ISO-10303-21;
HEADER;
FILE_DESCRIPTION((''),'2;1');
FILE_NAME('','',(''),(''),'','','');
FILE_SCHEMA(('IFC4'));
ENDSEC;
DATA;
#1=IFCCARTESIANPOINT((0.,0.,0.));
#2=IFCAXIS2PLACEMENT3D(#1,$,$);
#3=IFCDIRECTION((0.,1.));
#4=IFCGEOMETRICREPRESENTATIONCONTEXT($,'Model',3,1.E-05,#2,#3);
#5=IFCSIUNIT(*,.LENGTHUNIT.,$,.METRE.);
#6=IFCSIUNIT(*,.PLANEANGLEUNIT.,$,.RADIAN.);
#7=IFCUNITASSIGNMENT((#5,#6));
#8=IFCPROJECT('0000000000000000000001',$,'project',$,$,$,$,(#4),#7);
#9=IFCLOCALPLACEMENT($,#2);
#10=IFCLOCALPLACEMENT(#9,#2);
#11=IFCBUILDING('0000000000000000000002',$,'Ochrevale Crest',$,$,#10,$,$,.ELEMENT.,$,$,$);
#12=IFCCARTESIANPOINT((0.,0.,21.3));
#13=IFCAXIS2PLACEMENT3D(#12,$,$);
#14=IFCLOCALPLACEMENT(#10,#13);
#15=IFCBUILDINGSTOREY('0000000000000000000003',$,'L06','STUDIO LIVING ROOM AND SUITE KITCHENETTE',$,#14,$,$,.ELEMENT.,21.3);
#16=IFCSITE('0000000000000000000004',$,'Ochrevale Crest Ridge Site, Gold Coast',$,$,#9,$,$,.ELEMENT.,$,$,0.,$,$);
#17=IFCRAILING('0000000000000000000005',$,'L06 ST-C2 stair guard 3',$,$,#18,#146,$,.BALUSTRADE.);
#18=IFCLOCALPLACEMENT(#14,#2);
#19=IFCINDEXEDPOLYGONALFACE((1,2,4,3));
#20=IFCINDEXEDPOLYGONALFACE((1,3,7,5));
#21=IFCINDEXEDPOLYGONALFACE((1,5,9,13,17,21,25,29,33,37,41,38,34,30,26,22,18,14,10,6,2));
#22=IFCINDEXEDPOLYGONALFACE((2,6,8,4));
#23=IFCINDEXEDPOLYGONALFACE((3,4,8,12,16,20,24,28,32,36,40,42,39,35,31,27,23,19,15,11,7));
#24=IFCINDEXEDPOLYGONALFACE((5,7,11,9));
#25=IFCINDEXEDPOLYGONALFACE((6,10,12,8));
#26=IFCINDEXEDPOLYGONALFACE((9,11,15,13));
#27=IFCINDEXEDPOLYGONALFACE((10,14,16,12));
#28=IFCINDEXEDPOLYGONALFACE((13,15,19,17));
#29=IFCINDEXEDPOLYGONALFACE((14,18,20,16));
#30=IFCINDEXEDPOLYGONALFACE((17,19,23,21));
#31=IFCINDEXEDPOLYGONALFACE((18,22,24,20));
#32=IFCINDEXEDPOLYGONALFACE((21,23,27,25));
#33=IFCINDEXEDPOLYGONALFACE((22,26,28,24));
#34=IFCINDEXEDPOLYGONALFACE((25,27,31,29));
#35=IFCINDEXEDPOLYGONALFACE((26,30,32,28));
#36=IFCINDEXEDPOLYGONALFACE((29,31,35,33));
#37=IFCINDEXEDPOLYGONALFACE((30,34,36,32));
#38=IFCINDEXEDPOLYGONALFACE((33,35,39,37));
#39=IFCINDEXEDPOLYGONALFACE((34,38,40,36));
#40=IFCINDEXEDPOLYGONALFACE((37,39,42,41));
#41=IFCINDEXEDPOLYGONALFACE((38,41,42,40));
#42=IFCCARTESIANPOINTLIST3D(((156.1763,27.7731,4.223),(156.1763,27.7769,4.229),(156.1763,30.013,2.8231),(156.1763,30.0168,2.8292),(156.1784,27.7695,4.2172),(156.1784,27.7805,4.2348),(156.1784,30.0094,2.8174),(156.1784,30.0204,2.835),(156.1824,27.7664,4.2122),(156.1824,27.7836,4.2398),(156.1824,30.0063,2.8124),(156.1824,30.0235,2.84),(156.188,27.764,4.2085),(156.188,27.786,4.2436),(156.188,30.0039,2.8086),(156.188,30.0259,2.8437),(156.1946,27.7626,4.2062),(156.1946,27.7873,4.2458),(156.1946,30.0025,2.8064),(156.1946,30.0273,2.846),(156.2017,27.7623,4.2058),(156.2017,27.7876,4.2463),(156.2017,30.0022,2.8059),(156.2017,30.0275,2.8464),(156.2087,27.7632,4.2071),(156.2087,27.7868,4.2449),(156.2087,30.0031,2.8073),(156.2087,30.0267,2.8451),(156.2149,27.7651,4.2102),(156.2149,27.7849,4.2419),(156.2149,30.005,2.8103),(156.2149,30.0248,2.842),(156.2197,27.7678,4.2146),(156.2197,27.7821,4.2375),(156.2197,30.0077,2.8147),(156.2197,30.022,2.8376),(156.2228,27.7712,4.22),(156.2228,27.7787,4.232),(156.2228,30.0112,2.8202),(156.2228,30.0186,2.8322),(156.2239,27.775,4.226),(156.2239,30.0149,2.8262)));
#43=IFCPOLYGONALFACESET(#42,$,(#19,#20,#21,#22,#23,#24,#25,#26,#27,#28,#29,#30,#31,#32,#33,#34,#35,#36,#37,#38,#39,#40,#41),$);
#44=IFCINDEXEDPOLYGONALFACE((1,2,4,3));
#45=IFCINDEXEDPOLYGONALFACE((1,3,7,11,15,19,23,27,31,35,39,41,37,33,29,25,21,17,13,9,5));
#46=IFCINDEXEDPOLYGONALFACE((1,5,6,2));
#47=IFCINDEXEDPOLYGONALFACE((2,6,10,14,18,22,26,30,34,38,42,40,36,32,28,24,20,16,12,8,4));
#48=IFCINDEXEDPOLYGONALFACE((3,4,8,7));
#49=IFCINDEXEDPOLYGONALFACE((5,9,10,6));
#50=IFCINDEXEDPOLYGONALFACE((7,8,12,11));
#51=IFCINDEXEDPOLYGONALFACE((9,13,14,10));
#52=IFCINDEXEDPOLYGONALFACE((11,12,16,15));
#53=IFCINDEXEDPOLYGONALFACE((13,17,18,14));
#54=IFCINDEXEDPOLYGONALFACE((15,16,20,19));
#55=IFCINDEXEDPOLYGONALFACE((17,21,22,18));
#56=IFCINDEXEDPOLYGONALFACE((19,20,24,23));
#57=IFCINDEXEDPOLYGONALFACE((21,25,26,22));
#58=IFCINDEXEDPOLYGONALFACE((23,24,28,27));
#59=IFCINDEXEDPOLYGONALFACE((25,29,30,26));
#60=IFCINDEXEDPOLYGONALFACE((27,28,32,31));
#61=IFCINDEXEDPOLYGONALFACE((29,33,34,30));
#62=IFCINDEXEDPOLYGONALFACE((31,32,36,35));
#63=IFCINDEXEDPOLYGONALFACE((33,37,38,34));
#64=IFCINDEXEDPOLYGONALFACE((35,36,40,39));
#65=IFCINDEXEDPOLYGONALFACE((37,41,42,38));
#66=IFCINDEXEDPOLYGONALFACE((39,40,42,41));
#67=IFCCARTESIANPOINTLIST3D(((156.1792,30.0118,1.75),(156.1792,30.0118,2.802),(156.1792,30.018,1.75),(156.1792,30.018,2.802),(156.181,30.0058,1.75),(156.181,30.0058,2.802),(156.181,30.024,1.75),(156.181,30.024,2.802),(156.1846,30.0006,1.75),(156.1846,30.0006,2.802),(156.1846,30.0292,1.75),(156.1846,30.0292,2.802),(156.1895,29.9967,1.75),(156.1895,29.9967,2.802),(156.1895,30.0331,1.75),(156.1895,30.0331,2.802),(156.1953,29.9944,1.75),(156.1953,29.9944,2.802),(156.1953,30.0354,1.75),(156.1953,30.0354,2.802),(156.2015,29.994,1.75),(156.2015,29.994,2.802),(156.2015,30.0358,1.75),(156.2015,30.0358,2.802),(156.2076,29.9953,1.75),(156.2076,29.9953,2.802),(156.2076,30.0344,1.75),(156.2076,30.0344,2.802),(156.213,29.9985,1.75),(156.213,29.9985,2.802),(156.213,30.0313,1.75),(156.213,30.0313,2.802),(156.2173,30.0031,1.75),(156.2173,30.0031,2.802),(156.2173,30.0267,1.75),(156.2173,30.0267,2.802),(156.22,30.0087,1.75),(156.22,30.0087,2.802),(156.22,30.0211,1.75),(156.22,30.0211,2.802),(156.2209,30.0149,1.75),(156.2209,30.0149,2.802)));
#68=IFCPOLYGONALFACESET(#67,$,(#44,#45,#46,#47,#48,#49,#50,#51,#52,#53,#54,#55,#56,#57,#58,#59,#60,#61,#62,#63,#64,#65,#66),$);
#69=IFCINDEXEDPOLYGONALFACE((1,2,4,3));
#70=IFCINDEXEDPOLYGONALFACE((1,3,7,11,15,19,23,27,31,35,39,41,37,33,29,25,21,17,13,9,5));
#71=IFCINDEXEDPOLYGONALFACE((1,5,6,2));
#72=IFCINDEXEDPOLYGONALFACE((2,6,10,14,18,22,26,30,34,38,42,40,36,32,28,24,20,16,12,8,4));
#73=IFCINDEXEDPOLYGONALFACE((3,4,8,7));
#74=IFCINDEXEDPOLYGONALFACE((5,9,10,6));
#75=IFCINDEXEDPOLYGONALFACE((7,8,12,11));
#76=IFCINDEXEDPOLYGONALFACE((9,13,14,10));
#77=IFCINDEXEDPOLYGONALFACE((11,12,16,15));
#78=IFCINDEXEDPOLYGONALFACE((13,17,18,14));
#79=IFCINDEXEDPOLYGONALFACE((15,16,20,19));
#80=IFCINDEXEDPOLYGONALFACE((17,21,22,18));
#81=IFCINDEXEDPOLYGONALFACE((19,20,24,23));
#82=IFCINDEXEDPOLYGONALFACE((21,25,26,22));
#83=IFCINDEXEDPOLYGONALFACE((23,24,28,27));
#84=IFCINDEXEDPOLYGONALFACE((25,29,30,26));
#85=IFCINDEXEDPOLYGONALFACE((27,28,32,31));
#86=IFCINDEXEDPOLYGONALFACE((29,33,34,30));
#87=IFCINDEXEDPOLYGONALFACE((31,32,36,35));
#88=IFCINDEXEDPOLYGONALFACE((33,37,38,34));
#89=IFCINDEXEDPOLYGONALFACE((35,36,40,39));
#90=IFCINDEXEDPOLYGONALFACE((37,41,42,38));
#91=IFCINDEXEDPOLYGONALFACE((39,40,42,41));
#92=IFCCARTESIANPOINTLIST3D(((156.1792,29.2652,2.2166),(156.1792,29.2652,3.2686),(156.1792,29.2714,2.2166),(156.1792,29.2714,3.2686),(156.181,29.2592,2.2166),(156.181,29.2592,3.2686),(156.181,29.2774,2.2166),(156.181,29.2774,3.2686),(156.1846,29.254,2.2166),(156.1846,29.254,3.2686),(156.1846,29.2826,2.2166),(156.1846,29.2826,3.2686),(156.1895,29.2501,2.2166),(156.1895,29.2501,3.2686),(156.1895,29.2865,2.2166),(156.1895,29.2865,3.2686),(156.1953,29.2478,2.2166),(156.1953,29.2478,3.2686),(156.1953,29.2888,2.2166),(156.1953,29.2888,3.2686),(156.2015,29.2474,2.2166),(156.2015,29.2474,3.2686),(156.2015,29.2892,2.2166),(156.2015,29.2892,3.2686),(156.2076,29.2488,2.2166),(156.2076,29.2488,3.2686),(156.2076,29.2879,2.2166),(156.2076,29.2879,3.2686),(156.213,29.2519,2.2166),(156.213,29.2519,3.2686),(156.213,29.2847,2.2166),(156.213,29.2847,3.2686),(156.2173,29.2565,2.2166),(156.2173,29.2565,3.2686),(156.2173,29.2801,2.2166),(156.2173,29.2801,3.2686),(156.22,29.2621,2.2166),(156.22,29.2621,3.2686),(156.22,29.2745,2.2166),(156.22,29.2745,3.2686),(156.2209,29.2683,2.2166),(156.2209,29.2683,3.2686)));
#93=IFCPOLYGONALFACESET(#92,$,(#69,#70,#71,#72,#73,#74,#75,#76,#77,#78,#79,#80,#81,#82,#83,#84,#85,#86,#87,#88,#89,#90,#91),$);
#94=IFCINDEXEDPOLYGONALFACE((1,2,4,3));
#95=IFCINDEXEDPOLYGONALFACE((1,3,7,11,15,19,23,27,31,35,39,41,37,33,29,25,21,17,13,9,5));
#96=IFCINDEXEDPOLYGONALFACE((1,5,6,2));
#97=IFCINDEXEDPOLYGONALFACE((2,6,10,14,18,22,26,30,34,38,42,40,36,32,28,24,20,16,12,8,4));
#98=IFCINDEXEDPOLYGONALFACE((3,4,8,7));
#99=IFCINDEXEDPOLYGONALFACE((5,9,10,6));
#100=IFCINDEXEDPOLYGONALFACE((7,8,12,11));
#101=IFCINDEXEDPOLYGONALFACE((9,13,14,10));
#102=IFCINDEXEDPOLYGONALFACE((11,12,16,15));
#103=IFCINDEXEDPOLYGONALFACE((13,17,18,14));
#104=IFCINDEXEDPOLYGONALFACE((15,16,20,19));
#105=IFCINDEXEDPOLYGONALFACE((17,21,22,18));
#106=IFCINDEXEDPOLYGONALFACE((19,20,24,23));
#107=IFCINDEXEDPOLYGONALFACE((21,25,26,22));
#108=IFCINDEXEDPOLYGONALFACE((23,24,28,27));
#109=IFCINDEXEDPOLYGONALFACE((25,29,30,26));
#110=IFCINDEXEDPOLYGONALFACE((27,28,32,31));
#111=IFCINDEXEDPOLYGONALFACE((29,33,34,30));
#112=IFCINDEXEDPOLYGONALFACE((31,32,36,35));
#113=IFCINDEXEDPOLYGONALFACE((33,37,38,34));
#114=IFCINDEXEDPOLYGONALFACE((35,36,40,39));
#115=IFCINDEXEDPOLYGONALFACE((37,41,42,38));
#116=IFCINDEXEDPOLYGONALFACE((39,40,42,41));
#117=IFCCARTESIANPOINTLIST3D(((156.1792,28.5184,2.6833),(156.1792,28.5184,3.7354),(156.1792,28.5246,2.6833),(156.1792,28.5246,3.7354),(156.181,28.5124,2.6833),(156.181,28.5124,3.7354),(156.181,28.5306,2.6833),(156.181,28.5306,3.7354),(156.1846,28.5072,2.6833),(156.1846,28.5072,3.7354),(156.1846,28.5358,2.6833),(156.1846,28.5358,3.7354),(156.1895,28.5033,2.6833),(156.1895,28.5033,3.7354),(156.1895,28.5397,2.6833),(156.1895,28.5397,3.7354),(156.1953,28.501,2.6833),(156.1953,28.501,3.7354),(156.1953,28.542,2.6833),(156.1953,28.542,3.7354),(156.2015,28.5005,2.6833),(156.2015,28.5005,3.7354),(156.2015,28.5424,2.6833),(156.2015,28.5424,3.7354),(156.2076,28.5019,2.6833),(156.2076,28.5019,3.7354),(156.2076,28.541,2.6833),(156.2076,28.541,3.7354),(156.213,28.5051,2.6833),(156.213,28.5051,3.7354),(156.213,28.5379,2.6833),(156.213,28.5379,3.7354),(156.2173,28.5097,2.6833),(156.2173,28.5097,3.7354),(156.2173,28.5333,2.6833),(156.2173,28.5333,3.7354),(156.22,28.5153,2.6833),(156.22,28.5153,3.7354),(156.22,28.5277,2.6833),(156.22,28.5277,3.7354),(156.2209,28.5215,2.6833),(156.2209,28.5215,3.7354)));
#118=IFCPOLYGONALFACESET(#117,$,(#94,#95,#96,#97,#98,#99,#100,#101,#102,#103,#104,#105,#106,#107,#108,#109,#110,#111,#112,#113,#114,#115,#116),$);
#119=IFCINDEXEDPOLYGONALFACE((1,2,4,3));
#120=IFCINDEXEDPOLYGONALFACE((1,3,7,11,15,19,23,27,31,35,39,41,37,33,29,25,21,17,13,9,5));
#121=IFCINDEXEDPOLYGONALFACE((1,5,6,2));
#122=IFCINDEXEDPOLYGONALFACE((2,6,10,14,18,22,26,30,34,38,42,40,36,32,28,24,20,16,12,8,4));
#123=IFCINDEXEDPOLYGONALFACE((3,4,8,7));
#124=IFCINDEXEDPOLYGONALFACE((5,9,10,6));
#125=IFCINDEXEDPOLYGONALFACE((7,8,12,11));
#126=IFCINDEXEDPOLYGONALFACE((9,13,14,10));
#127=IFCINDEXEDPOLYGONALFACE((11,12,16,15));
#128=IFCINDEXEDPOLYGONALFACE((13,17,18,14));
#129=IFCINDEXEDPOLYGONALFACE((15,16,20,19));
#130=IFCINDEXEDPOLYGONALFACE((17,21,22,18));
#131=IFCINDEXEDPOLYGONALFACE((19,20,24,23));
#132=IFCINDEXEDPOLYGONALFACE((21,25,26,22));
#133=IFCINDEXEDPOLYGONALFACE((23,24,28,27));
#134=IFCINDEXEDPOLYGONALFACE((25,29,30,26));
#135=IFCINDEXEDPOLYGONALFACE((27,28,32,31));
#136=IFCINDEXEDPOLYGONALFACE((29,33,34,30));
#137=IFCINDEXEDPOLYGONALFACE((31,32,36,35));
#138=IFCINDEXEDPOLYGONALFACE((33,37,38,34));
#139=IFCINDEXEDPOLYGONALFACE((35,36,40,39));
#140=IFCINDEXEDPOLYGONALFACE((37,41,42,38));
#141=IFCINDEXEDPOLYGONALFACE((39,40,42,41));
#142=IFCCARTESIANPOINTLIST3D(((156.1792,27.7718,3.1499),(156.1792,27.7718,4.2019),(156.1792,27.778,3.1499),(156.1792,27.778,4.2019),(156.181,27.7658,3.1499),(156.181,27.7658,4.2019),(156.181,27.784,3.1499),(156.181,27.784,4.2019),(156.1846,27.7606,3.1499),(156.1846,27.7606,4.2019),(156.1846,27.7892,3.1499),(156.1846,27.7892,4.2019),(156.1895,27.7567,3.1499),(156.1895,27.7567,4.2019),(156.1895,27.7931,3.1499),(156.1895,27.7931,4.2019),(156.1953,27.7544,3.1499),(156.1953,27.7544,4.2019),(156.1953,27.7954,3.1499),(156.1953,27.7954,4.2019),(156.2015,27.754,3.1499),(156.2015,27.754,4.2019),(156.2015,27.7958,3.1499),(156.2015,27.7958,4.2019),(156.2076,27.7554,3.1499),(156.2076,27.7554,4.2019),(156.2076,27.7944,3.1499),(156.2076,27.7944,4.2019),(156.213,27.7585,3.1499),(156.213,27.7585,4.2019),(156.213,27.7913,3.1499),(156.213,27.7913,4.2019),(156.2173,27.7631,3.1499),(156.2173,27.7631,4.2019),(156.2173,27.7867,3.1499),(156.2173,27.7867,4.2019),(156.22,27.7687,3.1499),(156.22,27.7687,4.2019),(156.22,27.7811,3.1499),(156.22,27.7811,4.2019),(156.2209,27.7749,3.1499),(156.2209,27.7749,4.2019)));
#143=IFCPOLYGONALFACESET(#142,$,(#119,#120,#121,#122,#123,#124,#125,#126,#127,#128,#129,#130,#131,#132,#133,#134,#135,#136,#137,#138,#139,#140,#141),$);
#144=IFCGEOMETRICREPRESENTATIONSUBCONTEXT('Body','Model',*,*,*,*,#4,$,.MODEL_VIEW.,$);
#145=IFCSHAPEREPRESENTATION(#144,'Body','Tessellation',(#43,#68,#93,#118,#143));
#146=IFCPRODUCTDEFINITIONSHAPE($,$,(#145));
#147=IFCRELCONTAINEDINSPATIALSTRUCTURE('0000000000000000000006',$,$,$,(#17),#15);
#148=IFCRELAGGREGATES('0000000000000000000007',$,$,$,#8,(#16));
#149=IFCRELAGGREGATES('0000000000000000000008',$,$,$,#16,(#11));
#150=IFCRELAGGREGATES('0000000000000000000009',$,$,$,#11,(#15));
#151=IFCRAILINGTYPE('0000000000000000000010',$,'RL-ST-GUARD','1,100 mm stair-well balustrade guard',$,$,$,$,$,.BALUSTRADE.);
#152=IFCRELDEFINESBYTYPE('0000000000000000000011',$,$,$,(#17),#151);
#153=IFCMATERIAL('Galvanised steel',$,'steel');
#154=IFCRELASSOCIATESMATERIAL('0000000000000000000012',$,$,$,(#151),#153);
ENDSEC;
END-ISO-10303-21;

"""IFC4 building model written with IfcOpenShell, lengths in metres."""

from ifc_helpers import new_model, si_unit, direction, frame, origin, origin_2d, place, context, subcontext, project, spatial, circle, extrude, material, type_object, element, save


model = new_model("IFC4")

# Units and contexts
model_context = context("Model", 3, precision=1e-05, world=origin(), true_north=direction((0.0, 1.0)))
body_context = subcontext(model_context, "Body", "Model", "MODEL_VIEW")
ifc_project = project(units=[si_unit("LENGTHUNIT", "METRE"), si_unit("PLANEANGLEUNIT", "RADIAN")], contexts=[model_context])

# Site, building, storey
site_placement = place(None, origin())
site = spatial("IfcSite", under=ifc_project, at=site_placement, Name="Ochrevale Crest Ridge Site, Gold Coast", CompositionType="ELEMENT", RefElevation=0.0)
building_placement = place(site_placement, origin())
building = spatial("IfcBuilding", under=site, at=building_placement, Name="Ochrevale Crest", CompositionType="ELEMENT")
storey_placement = place(building_placement, frame((0.0, 0.0, 21.3)))
storey = spatial("IfcBuildingStorey", under=building, at=storey_placement, Name="L06", Description="STUDIO LIVING ROOM AND SUITE KITCHENETTE", CompositionType="ELEMENT", Elevation=21.3)

# Railing
ifc_material_1 = material(Name="Galvanised steel", Category="steel")
railing_type_1 = type_object("IfcRailingType", Name="RL-ST-GUARD", Description="1,100 mm stair-well balustrade guard", PredefinedType="BALUSTRADE", material=ifc_material_1)
railing_1_placement = place(storey_placement, frame((156.2, 30.0149, 1.75)))
element("IfcRailing", 1, at=railing_1_placement, inside=storey, type_object=railing_type_1, Name="L06 ST-C2 stair guard 3", PredefinedType="BALUSTRADE", context=body_context, shape_type="SweptSolid", body=[
    extrude(circle(Radius=0.0239, at=origin_2d()), frame((0.0, 0.0, 1.0762), z_axis=(0.0, -0.848014, 0.529974), x_axis=(1.0, 0.0, 0.0)), (0.0, 0.0, 1.0), 2.6414),
    extrude(circle(Radius=0.021, at=origin_2d()), origin(), (0.0, 0.0, 1.0), 1.052),
    extrude(circle(Radius=0.021, at=origin_2d()), frame((0.0, -0.7466, 0.4666)), (0.0, 0.0, 1.0), 1.052),
    extrude(circle(Radius=0.021, at=origin_2d()), frame((0.0, -1.4934, 0.9333)), (0.0, 0.0, 1.0), 1.052),
    extrude(circle(Radius=0.021, at=origin_2d()), frame((0.0, -2.24, 1.3999)), (0.0, 0.0, 1.0), 1.052),
])

save(model, "model.ifc")
